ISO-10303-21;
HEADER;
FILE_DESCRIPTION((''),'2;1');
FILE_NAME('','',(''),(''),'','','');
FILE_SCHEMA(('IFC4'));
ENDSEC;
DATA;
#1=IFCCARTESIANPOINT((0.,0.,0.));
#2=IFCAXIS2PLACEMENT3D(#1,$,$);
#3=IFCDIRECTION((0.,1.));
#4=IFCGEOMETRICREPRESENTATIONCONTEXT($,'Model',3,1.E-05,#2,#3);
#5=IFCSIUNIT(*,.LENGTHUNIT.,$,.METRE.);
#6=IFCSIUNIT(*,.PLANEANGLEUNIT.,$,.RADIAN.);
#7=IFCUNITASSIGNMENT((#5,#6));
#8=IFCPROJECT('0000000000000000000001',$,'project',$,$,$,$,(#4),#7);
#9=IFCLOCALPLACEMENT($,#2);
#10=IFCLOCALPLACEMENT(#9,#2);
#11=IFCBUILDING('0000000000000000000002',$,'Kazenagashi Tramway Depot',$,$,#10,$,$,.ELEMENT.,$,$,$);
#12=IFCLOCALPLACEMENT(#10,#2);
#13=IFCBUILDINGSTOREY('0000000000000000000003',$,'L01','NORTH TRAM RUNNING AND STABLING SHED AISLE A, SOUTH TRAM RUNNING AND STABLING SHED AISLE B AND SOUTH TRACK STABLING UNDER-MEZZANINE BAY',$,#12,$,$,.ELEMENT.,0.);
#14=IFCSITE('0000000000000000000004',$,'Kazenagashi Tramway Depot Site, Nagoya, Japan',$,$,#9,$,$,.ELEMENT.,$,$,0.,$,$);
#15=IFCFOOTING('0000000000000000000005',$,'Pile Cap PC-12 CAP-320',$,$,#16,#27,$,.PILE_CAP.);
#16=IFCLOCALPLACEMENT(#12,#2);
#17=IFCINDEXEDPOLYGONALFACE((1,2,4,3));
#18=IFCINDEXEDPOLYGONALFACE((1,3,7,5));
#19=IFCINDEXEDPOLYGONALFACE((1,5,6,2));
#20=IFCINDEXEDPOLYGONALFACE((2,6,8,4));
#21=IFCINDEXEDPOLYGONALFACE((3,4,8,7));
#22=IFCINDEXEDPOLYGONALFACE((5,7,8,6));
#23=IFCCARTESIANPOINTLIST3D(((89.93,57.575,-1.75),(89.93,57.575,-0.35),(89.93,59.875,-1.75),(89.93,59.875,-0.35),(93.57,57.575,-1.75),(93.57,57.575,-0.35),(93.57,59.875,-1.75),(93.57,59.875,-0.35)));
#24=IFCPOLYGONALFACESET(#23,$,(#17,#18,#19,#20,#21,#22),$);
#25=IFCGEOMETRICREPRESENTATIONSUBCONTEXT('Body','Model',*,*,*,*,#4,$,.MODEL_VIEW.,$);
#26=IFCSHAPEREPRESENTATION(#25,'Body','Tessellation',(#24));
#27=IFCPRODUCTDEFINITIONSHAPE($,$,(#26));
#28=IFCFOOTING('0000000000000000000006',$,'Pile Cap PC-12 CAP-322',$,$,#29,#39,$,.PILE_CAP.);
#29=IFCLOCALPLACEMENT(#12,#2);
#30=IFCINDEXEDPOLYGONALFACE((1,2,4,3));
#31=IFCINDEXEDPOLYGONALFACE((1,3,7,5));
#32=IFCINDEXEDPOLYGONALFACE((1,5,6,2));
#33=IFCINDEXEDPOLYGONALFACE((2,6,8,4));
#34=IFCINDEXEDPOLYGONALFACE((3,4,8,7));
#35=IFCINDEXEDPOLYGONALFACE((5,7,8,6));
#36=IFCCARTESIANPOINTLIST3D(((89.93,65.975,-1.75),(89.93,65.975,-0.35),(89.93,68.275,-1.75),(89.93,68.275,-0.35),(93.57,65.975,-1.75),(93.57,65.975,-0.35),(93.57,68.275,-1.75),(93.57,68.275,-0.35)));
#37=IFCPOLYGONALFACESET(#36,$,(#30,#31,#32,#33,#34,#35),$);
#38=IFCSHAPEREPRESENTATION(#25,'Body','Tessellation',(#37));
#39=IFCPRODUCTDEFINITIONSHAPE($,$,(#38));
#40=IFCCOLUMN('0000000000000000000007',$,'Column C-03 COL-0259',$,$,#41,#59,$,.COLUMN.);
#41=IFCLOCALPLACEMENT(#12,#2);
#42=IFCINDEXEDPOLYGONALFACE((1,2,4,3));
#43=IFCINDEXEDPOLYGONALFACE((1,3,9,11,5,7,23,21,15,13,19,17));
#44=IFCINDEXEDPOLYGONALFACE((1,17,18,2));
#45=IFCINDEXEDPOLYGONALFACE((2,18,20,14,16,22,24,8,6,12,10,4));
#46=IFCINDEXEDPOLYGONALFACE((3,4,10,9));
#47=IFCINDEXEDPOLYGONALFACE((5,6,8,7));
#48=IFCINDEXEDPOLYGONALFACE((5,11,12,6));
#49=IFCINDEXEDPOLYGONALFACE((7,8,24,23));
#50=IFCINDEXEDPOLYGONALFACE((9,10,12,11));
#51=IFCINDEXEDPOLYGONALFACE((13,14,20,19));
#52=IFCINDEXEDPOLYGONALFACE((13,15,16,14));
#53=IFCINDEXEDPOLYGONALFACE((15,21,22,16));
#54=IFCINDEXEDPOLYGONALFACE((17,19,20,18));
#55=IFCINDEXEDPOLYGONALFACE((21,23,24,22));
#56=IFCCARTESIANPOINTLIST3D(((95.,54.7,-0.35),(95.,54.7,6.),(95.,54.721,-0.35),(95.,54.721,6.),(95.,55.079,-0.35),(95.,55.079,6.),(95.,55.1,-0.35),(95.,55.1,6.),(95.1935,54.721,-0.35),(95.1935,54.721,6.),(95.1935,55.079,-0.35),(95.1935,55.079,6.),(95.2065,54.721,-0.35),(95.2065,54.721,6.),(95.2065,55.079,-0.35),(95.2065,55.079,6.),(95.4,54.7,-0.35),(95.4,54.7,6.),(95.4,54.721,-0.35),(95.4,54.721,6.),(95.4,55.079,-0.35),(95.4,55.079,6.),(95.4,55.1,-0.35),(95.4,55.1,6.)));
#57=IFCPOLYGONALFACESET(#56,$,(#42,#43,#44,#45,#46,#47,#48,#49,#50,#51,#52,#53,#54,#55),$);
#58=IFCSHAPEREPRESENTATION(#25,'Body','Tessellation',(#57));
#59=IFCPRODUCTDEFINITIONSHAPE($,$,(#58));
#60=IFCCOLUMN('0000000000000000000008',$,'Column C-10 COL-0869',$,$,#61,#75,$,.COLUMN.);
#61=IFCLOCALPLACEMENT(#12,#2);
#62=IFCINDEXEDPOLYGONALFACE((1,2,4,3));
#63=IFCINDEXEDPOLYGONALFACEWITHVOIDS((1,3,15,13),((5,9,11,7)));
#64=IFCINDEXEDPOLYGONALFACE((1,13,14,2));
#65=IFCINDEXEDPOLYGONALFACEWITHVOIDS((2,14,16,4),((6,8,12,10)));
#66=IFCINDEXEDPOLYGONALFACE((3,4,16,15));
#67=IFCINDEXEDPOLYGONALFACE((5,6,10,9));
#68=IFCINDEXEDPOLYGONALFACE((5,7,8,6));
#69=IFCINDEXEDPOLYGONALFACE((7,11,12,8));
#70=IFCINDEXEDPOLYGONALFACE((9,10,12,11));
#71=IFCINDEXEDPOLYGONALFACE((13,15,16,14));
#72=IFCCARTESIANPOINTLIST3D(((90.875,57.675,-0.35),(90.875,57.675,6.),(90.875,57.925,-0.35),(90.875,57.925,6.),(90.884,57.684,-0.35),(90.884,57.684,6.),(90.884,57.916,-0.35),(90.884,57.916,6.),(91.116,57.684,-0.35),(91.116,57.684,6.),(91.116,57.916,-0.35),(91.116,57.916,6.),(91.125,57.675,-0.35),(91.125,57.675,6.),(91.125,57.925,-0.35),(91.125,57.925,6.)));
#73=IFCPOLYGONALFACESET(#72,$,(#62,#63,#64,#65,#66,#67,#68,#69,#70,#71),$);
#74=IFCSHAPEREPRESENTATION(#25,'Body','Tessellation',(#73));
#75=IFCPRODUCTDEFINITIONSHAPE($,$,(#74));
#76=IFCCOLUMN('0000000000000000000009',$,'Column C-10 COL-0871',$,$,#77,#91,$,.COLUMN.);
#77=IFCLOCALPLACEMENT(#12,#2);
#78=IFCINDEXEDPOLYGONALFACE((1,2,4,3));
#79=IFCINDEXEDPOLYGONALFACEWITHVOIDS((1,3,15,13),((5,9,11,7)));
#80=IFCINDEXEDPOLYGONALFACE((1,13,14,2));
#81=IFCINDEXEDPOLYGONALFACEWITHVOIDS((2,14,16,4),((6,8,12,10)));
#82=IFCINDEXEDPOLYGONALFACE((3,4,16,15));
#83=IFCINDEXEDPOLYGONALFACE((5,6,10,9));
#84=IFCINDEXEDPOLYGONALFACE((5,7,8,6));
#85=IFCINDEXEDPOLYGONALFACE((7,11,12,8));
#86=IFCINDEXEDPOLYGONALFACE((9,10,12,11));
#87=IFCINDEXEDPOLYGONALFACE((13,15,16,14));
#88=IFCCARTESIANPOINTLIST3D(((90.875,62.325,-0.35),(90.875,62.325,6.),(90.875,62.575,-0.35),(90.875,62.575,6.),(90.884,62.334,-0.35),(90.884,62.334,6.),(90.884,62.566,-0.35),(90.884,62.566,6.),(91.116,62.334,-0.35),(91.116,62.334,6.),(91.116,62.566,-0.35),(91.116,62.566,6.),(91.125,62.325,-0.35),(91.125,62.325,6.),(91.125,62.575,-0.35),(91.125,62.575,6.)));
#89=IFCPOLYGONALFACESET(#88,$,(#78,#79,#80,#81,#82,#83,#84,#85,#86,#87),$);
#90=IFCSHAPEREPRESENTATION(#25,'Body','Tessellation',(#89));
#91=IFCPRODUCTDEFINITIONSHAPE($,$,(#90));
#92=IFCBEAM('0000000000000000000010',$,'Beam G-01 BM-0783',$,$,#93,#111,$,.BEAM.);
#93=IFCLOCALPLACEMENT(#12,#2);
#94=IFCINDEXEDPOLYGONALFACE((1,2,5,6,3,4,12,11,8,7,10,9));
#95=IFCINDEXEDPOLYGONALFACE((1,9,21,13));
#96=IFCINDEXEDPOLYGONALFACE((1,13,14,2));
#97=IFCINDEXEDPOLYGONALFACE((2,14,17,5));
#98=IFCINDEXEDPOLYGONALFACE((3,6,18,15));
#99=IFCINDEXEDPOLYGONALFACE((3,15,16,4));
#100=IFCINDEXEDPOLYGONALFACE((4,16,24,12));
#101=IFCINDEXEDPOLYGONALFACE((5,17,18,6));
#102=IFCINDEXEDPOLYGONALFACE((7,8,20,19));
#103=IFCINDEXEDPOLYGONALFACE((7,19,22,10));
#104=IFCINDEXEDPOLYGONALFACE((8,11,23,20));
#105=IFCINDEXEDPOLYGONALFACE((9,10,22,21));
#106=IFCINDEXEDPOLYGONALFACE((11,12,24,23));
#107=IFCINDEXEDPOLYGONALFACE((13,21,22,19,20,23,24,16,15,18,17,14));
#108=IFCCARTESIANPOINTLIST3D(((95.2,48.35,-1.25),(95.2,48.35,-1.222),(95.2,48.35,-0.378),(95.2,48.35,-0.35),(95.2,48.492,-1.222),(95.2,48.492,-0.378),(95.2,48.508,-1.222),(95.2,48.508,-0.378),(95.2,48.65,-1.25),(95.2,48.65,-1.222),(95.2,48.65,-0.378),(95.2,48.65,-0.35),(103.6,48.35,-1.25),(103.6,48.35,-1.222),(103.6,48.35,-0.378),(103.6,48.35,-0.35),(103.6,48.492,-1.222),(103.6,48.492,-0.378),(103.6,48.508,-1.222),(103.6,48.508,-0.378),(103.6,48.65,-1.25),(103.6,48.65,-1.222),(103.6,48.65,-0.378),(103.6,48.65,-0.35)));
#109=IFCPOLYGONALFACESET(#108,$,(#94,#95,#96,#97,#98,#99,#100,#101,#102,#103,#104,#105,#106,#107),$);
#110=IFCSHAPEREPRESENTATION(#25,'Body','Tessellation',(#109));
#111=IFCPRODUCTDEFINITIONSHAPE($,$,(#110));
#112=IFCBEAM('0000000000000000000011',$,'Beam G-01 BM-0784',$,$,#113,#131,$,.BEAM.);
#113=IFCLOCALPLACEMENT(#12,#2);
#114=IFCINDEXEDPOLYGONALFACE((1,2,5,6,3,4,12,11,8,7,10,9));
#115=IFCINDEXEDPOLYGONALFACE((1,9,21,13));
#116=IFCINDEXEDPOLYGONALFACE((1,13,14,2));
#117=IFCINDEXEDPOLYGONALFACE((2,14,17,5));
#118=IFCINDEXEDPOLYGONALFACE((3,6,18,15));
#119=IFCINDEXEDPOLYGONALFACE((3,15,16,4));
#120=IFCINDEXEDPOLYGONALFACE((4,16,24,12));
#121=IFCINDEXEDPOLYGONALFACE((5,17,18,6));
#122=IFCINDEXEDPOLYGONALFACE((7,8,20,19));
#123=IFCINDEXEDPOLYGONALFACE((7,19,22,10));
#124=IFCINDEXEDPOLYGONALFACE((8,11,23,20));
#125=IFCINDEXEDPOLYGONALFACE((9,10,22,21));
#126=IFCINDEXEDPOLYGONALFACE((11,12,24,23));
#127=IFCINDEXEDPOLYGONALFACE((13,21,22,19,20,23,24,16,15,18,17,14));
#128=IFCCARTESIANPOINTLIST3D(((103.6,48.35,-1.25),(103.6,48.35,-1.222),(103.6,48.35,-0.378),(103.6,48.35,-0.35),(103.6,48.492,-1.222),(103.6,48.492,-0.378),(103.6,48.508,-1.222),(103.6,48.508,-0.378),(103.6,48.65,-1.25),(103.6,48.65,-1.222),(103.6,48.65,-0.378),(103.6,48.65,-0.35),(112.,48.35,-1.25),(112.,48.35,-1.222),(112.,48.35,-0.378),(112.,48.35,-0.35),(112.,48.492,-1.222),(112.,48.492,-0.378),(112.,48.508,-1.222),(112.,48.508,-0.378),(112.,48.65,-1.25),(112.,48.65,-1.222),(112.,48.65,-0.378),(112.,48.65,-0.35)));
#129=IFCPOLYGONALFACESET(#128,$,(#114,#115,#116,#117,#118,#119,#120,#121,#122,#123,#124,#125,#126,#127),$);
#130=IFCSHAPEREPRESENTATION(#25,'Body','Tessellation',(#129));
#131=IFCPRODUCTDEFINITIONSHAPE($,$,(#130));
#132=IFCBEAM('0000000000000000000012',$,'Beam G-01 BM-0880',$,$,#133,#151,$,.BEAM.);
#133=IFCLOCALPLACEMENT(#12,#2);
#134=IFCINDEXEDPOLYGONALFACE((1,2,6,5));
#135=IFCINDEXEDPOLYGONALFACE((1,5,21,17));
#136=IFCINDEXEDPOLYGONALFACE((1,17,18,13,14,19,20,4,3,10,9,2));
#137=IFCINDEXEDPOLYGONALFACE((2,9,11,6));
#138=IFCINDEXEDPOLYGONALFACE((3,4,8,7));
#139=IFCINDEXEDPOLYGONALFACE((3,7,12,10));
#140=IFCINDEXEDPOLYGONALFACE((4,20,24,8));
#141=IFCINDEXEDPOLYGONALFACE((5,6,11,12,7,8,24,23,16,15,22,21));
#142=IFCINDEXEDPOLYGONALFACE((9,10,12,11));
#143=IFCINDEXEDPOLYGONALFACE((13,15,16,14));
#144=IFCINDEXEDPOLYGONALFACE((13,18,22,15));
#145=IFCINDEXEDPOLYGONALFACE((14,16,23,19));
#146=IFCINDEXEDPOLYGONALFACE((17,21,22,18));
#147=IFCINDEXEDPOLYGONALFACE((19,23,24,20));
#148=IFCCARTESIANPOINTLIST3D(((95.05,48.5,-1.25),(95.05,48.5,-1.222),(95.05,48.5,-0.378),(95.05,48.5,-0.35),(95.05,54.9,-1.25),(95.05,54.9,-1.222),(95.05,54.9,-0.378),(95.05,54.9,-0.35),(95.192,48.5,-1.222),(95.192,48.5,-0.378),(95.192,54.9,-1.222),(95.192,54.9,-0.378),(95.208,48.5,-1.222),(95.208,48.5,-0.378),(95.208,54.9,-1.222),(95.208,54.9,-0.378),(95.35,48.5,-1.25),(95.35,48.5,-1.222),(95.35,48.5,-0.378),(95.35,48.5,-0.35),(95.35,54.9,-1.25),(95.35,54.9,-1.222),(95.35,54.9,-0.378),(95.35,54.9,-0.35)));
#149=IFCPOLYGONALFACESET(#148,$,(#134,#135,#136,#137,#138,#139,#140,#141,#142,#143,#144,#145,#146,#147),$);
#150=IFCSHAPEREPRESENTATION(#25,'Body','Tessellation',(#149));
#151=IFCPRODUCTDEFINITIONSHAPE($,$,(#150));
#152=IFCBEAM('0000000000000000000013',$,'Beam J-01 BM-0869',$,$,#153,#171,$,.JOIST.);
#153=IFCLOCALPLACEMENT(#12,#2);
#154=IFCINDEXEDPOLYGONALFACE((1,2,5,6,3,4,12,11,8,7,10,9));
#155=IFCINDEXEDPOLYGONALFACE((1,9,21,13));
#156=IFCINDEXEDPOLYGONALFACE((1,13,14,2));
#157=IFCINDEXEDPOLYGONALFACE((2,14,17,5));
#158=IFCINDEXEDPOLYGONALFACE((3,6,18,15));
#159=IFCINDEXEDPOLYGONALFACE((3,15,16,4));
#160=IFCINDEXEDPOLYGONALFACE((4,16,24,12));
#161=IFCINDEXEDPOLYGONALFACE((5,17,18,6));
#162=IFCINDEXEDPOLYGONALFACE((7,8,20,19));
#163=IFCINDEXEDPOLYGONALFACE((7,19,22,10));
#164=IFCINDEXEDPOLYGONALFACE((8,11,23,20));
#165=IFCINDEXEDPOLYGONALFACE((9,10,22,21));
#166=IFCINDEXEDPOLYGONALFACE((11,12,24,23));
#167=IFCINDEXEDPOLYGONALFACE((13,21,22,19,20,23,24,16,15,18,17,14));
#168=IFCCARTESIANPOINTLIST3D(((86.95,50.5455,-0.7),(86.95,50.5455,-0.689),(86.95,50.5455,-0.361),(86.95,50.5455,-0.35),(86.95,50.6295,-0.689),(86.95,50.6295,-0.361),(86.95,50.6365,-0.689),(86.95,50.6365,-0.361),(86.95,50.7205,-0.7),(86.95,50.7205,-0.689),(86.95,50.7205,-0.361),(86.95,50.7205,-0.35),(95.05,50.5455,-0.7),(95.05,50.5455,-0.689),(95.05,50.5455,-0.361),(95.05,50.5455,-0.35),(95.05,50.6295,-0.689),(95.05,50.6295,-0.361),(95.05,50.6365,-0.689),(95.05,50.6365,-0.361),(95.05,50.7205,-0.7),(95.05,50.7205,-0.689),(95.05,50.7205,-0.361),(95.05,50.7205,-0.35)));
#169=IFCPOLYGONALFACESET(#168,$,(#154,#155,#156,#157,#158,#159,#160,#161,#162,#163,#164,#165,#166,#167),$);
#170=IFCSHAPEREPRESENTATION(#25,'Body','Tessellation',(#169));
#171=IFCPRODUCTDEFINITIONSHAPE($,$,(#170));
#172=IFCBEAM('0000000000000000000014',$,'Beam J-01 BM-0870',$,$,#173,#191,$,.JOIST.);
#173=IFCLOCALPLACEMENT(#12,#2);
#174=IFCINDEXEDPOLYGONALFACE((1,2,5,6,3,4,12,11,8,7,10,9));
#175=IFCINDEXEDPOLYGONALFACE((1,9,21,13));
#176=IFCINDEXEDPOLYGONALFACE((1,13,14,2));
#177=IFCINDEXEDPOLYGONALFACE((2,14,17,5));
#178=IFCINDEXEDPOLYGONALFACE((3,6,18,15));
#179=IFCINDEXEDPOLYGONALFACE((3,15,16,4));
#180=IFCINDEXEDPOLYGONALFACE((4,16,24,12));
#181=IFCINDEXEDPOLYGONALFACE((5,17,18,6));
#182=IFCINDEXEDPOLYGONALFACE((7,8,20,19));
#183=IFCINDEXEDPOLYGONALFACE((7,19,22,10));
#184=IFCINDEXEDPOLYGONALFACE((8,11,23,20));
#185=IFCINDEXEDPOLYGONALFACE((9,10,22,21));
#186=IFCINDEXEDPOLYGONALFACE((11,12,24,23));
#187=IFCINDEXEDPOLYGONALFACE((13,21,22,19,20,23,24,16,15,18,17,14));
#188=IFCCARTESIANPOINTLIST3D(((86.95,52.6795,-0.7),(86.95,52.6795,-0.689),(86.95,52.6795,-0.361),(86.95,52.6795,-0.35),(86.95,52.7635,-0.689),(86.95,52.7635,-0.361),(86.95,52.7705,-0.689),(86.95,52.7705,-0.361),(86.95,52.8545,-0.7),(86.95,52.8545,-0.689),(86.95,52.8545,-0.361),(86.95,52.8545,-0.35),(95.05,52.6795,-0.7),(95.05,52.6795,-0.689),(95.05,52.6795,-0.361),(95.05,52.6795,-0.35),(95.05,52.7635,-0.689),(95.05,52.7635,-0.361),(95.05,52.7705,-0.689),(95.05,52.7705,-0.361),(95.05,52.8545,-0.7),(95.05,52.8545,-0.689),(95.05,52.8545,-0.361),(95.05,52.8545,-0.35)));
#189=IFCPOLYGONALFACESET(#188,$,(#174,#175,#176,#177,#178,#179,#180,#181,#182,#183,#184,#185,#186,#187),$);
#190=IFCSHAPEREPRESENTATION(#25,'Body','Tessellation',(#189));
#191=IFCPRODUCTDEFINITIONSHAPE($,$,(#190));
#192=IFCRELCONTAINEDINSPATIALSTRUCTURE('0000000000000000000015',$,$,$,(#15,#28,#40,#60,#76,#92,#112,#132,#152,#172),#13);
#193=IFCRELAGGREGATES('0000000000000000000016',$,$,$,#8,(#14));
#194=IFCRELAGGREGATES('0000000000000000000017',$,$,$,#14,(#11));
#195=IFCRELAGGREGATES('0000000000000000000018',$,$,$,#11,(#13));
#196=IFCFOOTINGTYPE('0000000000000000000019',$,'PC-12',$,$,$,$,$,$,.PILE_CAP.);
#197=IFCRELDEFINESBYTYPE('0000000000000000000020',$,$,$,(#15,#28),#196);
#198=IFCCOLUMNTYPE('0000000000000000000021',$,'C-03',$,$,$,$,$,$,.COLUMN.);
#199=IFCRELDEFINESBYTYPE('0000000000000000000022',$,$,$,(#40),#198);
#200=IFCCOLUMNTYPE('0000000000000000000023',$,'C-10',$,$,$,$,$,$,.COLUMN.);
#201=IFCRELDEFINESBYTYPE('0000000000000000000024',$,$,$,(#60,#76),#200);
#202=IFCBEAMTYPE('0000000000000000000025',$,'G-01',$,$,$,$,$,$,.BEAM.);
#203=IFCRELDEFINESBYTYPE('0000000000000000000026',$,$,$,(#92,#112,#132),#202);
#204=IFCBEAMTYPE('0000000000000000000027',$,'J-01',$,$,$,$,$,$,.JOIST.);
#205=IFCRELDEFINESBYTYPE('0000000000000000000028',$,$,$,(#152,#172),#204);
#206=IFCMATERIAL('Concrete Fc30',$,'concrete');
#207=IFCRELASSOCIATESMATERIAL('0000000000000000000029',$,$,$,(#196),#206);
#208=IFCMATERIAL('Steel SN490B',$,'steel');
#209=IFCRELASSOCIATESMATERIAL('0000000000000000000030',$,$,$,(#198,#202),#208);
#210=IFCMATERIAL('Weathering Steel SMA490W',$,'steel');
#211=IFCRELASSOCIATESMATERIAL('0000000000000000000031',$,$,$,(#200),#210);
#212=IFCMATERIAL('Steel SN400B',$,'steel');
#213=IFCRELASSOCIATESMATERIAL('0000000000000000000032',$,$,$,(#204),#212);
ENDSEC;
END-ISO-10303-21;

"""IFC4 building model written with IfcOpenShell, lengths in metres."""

from ifc_helpers import new_model, si_unit, direction, frame, origin, origin_2d, place, context, subcontext, project, spatial, rectangle, hollow_rectangle, i_section, extrude, material, material_profile, profile_set, type_object, element, save


model = new_model("IFC4")

# Units and contexts
model_context = context("Model", 3, precision=1e-05, world=origin(), true_north=direction((0.0, 1.0)))
body_context = subcontext(model_context, "Body", "Model", "MODEL_VIEW")
ifc_project = project(units=[si_unit("LENGTHUNIT", "METRE"), si_unit("PLANEANGLEUNIT", "RADIAN")], contexts=[model_context])

# Site, building, storey
site_placement = place(None, origin())
site = spatial("IfcSite", under=ifc_project, at=site_placement, Name="Kazenagashi Tramway Depot Site, Nagoya, Japan", CompositionType="ELEMENT", RefElevation=0.0)
building_placement = place(site_placement, origin())
building = spatial("IfcBuilding", under=site, at=building_placement, Name="Kazenagashi Tramway Depot", CompositionType="ELEMENT")
storey_placement = place(building_placement, origin())
storey = spatial("IfcBuildingStorey", under=building, at=storey_placement, Name="L01", Description="NORTH TRAM RUNNING AND STABLING SHED AISLE A, SOUTH TRAM RUNNING AND STABLING SHED AISLE B AND SOUTH TRACK STABLING UNDER-MEZZANINE BAY", CompositionType="ELEMENT", Elevation=0.0)

# Shared definitions
ifc_material_1 = material(Name="Concrete Fc30", Category="concrete")

# Footings
footing_type_1 = type_object("IfcFootingType", Name="PC-12", PredefinedType="PILE_CAP", material=ifc_material_1)
for number, where, z_axis, x_axis, name in (
    (1, (91.75, 58.725, -1.75), (0.0, 0.0, 1.0), (1.0, 0.0, 0.0), "Pile Cap PC-12 CAP-320"),
    (2, (91.75, 67.125, -1.75), (0.0, 0.0, 1.0), (1.0, 0.0, 0.0), "Pile Cap PC-12 CAP-322"),
):
    element("IfcFooting", number, at=place(storey_placement, frame(where, z_axis=z_axis, x_axis=x_axis)), inside=storey, type_object=footing_type_1, Name=name, PredefinedType="PILE_CAP", context=body_context, shape_type="SweptSolid", body=[
        extrude(rectangle(XDim=3.64, YDim=2.3, at=origin_2d()), origin(), (0.0, 0.0, 1.0), 1.4),
    ])

# Columns
ifc_material_2 = material(Name="Steel SN490B", Category="steel")
ifc_material_profile_1 = material_profile(ifc_material_2, i_section(OverallWidth=0.4, OverallDepth=0.4, WebThickness=0.013, FlangeThickness=0.021, at=origin_2d()), Name="H-400x400x13x21")
ifc_profile_set_1 = profile_set([ifc_material_profile_1], Name="Steel SN490B")
column_type_1 = type_object("IfcColumnType", Name="C-03", PredefinedType="COLUMN", material=ifc_profile_set_1)
column_placement = place(storey_placement, frame((95.2, 54.9, -0.35), z_axis=(0.0, 0.0, 1.0), x_axis=(1.0, 0.0, 0.0)))
element("IfcColumn", 3, at=column_placement, inside=storey, type_object=column_type_1, Name="Column C-03 COL-0259", PredefinedType="COLUMN", context=body_context, shape_type="SweptSolid", body=[
    extrude(i_section(OverallWidth=0.4, OverallDepth=0.4, WebThickness=0.013, FlangeThickness=0.021, at=origin_2d()), origin(), (0.0, 0.0, 1.0), 6.35),
])
ifc_material_3 = material(Name="Weathering Steel SMA490W", Category="steel")
ifc_material_profile_2 = material_profile(ifc_material_3, hollow_rectangle(XDim=0.25, YDim=0.25, WallThickness=0.009, at=origin_2d()), Name="SHS-250x250x9")
ifc_profile_set_2 = profile_set([ifc_material_profile_2], Name="Weathering Steel SMA490W")
column_type_2 = type_object("IfcColumnType", Name="C-10", PredefinedType="COLUMN", material=ifc_profile_set_2)
for number, where, z_axis, x_axis, name in (
    (4, (91.0, 57.8, -0.35), (0.0, 0.0, 1.0), (1.0, 0.0, 0.0), "Column C-10 COL-0869"),
    (5, (91.0, 62.45, -0.35), (0.0, 0.0, 1.0), (1.0, 0.0, 0.0), "Column C-10 COL-0871"),
):
    element("IfcColumn", number, at=place(storey_placement, frame(where, z_axis=z_axis, x_axis=x_axis)), inside=storey, type_object=column_type_2, Name=name, PredefinedType="COLUMN", context=body_context, shape_type="SweptSolid", body=[
        extrude(hollow_rectangle(XDim=0.25, YDim=0.25, WallThickness=0.009, at=origin_2d()), origin(), (0.0, 0.0, 1.0), 6.35),
    ])

# Beams
ifc_material_profile_3 = material_profile(ifc_material_2, i_section(OverallWidth=0.3, OverallDepth=0.9, WebThickness=0.016, FlangeThickness=0.028, at=origin_2d()), Name="H-900x300x16x28")
ifc_profile_set_3 = profile_set([ifc_material_profile_3], Name="Steel SN490B")
beam_type_1 = type_object("IfcBeamType", Name="G-01", PredefinedType="BEAM", material=ifc_profile_set_3)
for number, where, z_axis, x_axis, name in (
    (6, (95.2, 48.5, -0.8), (1.0, 0.0, 0.0), (0.0, 1.0, 0.0), "Beam G-01 BM-0783"),
    (7, (103.6, 48.5, -0.8), (1.0, 0.0, 0.0), (0.0, 1.0, 0.0), "Beam G-01 BM-0784"),
):
    element("IfcBeam", number, at=place(storey_placement, frame(where, z_axis=z_axis, x_axis=x_axis)), inside=storey, type_object=beam_type_1, Name=name, PredefinedType="BEAM", context=body_context, shape_type="SweptSolid", body=[
        extrude(i_section(OverallWidth=0.3, OverallDepth=0.9, WebThickness=0.016, FlangeThickness=0.028, at=origin_2d()), origin(), (0.0, 0.0, 1.0), 8.4),
    ])
beam_1_placement = place(storey_placement, frame((95.2, 48.5, -0.8), z_axis=(0.0, 1.0, 0.0), x_axis=(-1.0, 0.0, 0.0)))
element("IfcBeam", 8, at=beam_1_placement, inside=storey, type_object=beam_type_1, Name="Beam G-01 BM-0880", PredefinedType="BEAM", context=body_context, shape_type="SweptSolid", body=[
    extrude(i_section(OverallWidth=0.3, OverallDepth=0.9, WebThickness=0.016, FlangeThickness=0.028, at=origin_2d()), origin(), (0.0, 0.0, 1.0), 6.4),
])
ifc_material_4 = material(Name="Steel SN400B", Category="steel")
ifc_material_profile_4 = material_profile(ifc_material_4, i_section(OverallWidth=0.175, OverallDepth=0.35, WebThickness=0.007, FlangeThickness=0.011, at=origin_2d()), Name="H-350x175x7x11")
ifc_profile_set_4 = profile_set([ifc_material_profile_4], Name="Steel SN400B")
beam_type_2 = type_object("IfcBeamType", Name="J-01", PredefinedType="JOIST", material=ifc_profile_set_4)
for number, where, z_axis, x_axis, name in (
    (9, (86.95, 50.633, -0.525), (1.0, 0.0, 0.0), (0.0, 1.0, 0.0), "Beam J-01 BM-0869"),
    (10, (86.95, 52.767, -0.525), (1.0, 0.0, 0.0), (0.0, 1.0, 0.0), "Beam J-01 BM-0870"),
):
    element("IfcBeam", number, at=place(storey_placement, frame(where, z_axis=z_axis, x_axis=x_axis)), inside=storey, type_object=beam_type_2, Name=name, PredefinedType="JOIST", context=body_context, shape_type="SweptSolid", body=[
        extrude(i_section(OverallWidth=0.175, OverallDepth=0.35, WebThickness=0.007, FlangeThickness=0.011, at=origin_2d()), origin(), (0.0, 0.0, 1.0), 8.1),
    ])

save(model, "model.ifc")
